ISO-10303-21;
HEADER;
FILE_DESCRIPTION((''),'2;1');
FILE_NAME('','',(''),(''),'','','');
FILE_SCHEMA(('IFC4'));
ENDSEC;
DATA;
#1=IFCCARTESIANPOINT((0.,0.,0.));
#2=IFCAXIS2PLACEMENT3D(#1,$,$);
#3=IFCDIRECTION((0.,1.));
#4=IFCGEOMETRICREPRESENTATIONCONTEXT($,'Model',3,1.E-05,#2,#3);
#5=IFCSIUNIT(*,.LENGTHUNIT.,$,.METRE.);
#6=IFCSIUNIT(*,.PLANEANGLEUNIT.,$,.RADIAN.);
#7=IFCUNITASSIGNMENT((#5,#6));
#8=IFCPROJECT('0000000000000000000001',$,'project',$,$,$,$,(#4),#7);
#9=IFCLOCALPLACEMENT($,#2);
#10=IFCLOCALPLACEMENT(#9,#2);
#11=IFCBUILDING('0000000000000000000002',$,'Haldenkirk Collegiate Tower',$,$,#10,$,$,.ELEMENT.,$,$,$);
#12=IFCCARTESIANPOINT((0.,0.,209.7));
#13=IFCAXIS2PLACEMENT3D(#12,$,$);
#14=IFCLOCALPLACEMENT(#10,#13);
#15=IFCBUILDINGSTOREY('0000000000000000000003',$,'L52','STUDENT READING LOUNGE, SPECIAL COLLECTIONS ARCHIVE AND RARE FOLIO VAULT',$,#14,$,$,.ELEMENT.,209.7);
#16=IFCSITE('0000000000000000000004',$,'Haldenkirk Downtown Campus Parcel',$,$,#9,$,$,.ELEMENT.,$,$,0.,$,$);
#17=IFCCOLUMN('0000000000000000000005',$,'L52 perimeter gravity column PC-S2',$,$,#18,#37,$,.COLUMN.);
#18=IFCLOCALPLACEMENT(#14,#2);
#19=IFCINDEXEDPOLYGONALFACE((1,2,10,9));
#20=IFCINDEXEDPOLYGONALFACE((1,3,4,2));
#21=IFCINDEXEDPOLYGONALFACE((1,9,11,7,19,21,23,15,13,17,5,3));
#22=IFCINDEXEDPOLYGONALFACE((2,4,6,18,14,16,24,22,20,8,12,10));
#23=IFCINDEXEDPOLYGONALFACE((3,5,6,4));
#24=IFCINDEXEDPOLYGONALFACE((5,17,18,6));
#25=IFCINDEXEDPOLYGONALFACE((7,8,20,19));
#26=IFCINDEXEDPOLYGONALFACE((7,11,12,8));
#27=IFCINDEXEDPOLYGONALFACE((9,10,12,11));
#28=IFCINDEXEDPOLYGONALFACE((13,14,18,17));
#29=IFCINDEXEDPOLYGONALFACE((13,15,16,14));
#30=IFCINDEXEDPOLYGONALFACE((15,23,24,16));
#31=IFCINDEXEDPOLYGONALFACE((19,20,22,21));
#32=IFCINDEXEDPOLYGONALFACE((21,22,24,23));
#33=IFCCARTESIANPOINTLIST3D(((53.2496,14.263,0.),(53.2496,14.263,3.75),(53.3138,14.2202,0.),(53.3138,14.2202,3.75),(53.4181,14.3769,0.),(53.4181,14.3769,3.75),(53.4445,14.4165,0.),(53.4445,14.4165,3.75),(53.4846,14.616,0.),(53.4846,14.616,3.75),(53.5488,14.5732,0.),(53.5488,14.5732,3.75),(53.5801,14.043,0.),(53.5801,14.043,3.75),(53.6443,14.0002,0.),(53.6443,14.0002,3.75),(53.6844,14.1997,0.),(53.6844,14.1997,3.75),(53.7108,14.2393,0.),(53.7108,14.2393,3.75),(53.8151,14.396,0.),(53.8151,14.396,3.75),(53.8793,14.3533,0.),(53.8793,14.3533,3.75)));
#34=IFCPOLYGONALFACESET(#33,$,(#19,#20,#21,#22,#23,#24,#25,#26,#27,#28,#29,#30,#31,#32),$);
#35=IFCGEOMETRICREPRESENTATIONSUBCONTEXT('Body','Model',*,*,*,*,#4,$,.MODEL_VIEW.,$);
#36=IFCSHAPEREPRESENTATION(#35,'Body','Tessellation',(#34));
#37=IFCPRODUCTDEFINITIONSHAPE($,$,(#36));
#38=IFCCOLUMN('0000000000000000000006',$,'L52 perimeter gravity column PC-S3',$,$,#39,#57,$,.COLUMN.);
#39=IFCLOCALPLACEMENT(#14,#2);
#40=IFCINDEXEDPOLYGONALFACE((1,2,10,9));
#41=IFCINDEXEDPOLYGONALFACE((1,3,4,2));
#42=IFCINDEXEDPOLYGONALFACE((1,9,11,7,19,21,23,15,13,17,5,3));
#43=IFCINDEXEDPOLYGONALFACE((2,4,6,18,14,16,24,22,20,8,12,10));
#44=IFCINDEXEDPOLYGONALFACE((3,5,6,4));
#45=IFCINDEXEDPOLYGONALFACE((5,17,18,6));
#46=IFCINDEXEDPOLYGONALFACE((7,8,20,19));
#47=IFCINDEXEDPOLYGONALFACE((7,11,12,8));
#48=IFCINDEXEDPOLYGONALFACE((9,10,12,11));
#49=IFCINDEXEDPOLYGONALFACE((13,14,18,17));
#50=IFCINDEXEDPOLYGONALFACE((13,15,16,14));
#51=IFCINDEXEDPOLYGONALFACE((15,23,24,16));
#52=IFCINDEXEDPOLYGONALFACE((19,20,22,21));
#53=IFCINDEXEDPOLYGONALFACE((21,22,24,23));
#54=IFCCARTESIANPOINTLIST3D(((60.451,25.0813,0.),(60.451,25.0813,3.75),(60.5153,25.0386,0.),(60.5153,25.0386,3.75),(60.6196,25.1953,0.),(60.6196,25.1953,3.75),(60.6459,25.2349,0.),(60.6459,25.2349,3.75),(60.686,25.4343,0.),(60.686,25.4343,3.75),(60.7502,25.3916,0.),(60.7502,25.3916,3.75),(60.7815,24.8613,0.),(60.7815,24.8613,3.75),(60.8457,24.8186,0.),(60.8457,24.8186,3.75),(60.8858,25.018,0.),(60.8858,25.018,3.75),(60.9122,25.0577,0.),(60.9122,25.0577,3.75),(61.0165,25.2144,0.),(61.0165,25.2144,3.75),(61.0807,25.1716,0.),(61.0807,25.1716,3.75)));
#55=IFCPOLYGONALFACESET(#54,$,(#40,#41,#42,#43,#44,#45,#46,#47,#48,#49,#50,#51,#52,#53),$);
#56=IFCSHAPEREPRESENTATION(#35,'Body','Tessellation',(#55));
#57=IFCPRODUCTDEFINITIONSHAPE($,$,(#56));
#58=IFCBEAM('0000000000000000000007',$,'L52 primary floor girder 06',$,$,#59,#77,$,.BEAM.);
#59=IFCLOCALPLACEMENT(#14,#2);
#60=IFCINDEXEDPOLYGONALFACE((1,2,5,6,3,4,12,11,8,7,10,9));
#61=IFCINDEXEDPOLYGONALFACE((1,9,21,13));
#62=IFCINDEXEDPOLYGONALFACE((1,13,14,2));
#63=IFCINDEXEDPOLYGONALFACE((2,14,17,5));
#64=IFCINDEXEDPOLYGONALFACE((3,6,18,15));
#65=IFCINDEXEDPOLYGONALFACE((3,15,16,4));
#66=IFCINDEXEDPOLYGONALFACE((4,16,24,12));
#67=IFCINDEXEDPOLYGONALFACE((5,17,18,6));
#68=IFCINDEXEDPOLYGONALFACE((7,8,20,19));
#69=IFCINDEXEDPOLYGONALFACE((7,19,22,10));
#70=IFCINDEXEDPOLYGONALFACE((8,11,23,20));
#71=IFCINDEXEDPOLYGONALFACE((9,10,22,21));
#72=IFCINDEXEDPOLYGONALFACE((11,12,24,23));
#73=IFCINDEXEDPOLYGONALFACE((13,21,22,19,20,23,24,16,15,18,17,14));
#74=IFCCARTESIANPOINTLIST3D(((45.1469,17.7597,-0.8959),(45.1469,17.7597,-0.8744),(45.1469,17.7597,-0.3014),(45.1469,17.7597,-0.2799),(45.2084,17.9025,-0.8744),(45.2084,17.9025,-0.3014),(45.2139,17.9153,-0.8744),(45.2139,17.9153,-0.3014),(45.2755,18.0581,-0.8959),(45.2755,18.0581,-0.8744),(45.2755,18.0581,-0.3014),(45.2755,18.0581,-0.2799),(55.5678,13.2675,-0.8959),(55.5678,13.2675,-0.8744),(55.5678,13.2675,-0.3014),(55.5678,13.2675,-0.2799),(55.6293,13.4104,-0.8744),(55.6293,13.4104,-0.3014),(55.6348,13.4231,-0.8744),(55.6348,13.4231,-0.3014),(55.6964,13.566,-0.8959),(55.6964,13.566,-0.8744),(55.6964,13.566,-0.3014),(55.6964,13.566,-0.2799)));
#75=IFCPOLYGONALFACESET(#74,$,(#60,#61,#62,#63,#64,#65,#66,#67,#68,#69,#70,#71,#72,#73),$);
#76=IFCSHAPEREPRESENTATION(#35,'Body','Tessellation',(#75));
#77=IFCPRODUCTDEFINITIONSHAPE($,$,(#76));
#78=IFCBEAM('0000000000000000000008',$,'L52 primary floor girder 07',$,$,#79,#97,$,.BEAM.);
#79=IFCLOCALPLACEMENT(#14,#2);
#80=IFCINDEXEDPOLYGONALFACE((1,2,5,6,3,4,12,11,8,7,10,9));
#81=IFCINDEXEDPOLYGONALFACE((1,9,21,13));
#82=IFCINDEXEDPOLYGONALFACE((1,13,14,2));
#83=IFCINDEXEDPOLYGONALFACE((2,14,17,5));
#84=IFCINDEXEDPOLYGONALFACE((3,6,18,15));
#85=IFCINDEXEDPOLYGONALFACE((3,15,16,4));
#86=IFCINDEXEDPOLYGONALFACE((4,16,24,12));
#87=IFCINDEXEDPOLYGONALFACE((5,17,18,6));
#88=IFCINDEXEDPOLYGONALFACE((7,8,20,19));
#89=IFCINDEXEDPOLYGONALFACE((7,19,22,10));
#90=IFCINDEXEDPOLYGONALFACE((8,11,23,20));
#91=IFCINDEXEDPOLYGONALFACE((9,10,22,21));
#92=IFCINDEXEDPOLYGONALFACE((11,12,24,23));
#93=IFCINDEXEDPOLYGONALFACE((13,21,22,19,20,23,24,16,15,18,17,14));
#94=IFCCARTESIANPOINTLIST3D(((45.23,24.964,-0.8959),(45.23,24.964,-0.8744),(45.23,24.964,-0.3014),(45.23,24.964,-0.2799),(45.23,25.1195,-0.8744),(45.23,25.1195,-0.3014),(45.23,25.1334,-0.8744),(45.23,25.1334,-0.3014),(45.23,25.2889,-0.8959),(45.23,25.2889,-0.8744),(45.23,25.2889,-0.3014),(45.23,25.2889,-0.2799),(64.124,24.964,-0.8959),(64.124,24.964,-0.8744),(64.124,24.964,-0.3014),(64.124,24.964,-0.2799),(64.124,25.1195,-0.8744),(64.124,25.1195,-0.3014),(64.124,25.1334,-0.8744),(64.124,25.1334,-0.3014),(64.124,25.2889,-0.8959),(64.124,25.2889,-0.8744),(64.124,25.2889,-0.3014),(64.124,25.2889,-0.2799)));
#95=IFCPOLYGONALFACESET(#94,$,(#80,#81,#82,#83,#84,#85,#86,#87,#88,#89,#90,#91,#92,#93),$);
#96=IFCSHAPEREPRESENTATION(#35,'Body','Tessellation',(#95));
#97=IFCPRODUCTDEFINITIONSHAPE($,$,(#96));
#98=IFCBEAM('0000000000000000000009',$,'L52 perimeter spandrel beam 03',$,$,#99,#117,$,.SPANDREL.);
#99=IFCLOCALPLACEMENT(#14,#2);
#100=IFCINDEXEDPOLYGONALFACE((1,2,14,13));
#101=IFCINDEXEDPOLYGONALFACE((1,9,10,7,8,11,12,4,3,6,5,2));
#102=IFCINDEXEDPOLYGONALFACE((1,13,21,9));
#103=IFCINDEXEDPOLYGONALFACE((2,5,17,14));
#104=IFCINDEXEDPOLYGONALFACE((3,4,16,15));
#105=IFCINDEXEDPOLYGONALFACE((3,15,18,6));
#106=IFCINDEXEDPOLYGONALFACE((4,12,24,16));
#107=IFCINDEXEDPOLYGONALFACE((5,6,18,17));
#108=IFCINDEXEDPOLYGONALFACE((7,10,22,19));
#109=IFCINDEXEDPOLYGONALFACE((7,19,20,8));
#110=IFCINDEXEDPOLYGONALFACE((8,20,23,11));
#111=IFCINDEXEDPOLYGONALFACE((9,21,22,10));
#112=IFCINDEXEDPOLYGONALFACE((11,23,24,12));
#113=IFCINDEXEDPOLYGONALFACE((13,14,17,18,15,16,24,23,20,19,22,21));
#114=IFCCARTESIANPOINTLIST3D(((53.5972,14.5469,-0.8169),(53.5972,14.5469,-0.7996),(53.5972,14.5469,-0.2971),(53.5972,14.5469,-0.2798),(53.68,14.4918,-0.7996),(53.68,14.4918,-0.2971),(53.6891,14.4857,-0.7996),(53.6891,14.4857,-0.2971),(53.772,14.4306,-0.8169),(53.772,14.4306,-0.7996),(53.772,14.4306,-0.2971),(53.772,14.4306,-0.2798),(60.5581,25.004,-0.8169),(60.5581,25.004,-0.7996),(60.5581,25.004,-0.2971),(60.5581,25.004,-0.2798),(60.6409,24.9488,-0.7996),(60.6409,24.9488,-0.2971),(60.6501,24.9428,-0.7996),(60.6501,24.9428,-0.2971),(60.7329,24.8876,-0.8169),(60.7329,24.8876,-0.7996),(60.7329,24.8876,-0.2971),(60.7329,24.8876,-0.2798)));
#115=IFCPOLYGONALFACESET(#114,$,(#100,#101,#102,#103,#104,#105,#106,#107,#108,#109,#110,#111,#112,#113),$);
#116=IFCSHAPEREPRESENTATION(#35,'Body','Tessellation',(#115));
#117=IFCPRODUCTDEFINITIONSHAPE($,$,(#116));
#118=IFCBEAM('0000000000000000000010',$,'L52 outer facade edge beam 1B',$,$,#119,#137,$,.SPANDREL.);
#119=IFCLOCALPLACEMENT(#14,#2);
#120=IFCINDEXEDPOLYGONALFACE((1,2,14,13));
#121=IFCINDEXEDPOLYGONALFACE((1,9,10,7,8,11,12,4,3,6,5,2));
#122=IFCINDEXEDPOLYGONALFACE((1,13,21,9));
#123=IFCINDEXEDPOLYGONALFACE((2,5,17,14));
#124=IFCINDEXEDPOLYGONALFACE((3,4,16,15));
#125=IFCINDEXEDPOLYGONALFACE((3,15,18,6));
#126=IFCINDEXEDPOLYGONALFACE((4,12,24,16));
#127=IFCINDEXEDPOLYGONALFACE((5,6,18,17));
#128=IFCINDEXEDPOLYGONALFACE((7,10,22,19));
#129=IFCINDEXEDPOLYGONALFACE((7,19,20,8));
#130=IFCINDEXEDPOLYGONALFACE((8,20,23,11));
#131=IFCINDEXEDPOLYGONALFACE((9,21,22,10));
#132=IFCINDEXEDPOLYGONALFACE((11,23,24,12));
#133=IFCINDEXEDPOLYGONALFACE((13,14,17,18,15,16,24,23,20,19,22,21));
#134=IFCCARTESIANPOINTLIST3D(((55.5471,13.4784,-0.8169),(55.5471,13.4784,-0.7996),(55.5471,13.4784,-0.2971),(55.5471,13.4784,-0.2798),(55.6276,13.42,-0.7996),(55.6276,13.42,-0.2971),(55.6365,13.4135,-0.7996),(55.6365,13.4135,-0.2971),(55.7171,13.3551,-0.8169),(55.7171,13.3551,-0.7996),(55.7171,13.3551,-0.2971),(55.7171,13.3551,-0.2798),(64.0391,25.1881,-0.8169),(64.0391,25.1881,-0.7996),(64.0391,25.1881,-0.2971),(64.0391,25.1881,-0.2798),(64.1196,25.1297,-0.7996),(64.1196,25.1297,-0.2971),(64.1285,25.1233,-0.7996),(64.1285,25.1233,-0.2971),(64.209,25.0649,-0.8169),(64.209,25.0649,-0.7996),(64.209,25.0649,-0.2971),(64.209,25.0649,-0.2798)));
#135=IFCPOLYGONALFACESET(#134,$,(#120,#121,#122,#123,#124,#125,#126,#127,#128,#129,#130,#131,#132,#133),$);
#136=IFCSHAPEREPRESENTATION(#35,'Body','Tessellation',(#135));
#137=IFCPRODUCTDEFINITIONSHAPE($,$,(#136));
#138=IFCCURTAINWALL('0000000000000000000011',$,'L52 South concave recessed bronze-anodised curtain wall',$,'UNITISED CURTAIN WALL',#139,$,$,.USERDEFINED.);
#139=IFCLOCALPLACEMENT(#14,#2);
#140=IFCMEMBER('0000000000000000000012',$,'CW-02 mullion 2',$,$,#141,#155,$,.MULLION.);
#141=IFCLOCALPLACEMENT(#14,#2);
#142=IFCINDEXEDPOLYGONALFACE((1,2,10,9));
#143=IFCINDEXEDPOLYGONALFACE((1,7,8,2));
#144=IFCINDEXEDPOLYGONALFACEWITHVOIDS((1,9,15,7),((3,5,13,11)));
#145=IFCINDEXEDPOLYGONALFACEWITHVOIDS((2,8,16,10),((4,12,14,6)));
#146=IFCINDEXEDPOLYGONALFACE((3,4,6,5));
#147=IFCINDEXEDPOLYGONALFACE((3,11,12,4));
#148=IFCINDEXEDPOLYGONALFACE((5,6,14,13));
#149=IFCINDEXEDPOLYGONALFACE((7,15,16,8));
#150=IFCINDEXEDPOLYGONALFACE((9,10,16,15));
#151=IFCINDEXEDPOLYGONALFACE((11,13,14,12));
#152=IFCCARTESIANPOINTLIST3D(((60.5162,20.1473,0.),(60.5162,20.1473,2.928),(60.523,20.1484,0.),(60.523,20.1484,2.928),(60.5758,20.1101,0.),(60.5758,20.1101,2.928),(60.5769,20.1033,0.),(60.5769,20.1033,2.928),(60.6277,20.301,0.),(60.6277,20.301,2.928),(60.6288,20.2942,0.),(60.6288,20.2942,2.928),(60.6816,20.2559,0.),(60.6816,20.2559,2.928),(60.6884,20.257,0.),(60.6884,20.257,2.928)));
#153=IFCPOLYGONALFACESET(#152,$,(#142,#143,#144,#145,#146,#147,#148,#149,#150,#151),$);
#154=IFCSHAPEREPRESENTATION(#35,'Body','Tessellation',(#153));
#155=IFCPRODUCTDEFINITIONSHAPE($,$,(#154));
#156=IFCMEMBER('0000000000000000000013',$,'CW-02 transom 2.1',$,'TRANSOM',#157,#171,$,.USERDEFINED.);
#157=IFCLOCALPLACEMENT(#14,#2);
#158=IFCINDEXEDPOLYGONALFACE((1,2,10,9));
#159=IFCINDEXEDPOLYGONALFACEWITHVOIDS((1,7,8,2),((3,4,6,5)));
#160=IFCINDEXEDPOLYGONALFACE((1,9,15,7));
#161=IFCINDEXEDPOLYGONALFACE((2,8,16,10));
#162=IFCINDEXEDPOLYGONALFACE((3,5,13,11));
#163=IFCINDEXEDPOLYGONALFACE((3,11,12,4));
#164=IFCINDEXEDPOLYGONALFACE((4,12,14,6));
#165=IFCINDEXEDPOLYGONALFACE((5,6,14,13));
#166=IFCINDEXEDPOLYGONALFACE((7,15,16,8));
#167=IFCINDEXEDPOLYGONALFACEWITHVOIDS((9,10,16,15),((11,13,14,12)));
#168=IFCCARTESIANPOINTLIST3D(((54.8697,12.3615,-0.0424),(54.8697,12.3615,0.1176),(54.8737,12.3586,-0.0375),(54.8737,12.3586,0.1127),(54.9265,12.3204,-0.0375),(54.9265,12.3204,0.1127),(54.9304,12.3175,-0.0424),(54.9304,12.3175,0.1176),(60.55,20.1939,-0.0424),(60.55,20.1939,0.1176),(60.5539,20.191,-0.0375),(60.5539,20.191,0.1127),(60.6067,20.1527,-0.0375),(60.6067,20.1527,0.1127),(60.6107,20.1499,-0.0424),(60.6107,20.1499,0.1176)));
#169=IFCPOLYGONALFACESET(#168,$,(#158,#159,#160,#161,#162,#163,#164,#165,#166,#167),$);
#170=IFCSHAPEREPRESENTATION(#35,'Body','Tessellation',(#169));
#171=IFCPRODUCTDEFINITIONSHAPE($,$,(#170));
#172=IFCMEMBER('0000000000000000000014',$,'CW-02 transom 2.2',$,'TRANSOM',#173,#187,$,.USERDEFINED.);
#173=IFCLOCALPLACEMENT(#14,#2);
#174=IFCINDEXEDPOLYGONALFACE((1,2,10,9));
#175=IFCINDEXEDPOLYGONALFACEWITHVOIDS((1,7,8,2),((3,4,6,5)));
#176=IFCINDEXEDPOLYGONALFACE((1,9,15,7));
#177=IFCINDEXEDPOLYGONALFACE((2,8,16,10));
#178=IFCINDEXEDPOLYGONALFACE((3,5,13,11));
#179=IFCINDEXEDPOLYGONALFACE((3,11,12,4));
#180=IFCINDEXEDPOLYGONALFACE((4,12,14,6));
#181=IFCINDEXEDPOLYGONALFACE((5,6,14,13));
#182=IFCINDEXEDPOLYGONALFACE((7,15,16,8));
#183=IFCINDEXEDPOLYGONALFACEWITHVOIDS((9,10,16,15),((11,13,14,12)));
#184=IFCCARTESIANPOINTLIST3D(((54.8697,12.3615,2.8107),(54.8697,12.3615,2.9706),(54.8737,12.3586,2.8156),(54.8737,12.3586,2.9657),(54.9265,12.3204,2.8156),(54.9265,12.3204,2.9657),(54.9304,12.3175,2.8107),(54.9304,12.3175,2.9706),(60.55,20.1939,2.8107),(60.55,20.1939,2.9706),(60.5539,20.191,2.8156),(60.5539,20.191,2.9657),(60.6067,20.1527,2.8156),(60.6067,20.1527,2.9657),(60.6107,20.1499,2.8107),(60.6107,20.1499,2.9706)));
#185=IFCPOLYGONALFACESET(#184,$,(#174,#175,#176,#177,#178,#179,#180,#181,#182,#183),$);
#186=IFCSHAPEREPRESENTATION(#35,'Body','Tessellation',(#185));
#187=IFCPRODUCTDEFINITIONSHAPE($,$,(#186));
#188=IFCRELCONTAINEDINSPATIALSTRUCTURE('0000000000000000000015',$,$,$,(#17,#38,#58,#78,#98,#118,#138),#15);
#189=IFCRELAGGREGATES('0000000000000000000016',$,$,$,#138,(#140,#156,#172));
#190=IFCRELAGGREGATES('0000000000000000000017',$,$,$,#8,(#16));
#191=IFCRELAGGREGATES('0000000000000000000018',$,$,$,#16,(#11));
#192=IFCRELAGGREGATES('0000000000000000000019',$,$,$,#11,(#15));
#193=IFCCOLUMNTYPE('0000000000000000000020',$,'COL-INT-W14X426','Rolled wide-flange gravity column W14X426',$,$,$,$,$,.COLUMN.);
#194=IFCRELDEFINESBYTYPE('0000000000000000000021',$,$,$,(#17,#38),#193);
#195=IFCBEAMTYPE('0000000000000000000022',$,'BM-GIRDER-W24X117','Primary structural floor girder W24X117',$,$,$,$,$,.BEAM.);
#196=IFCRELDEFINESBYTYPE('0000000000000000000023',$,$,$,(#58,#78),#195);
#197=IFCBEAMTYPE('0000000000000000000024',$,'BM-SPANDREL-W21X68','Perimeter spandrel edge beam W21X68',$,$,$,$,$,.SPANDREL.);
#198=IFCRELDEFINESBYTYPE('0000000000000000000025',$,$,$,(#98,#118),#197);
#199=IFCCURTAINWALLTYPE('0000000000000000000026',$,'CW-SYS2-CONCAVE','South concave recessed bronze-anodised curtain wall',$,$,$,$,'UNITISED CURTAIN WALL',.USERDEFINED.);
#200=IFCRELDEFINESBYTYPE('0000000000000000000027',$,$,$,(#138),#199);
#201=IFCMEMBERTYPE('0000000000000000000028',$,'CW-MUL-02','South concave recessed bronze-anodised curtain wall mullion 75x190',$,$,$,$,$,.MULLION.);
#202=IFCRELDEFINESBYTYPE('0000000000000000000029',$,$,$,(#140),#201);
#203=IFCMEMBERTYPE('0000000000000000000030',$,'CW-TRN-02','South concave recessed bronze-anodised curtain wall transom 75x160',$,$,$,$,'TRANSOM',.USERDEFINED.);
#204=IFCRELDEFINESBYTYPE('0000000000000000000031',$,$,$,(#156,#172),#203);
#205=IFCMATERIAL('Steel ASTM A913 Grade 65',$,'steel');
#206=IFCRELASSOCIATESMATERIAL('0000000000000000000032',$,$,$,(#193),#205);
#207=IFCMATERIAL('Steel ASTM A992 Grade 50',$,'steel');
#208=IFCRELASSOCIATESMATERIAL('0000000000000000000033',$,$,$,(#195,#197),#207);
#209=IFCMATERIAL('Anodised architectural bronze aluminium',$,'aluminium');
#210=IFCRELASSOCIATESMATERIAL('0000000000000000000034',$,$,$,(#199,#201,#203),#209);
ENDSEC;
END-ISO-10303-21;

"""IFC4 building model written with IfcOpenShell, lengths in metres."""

from ifc_helpers import new_model, si_unit, direction, frame, origin, origin_2d, place, context, subcontext, project, spatial, hollow_rectangle, i_section, extrude, material, material_profile, profile_set, type_object, element, aggregate, save


model = new_model("IFC4")

# Units and contexts
model_context = context("Model", 3, precision=1e-05, world=origin(), true_north=direction((0.0, 1.0)))
body_context = subcontext(model_context, "Body", "Model", "MODEL_VIEW")
ifc_project = project(units=[si_unit("LENGTHUNIT", "METRE"), si_unit("PLANEANGLEUNIT", "RADIAN")], contexts=[model_context])

# Site, building, storey
site_placement = place(None, origin())
site = spatial("IfcSite", under=ifc_project, at=site_placement, Name="Haldenkirk Downtown Campus Parcel", CompositionType="ELEMENT", RefElevation=0.0)
building_placement = place(site_placement, origin())
building = spatial("IfcBuilding", under=site, at=building_placement, Name="Haldenkirk Collegiate Tower", CompositionType="ELEMENT")
storey_placement = place(building_placement, frame((0.0, 0.0, 209.7)))
storey = spatial("IfcBuildingStorey", under=building, at=storey_placement, Name="L52", Description="STUDENT READING LOUNGE, SPECIAL COLLECTIONS ARCHIVE AND RARE FOLIO VAULT", CompositionType="ELEMENT", Elevation=209.7)

# Columns
ifc_material_1 = material(Name="Steel ASTM A913 Grade 65", Category="steel")
ifc_material_profile_1 = material_profile(ifc_material_1, i_section(OverallWidth=0.4241, OverallDepth=0.4741, WebThickness=0.0476, FlangeThickness=0.0771, at=origin_2d()), Name="W14X426")
ifc_profile_set_1 = profile_set([ifc_material_profile_1], Name="Steel ASTM A913 Grade 65")
column_type = type_object("IfcColumnType", Name="COL-INT-W14X426", Description="Rolled wide-flange gravity column W14X426", PredefinedType="COLUMN", material=ifc_profile_set_1)
for number, where, z_axis, x_axis, name in (
    (1, (53.5645, 14.3081, 0.0), (0.0, 0.0, 1.0), (0.554118, 0.832438, 0.0), "L52 perimeter gravity column PC-S2"),
    (2, (60.7659, 25.1265, 0.0), (0.0, 0.0, 1.0), (0.554118, 0.832438, 0.0), "L52 perimeter gravity column PC-S3"),
):
    element("IfcColumn", number, at=place(storey_placement, frame(where, z_axis=z_axis, x_axis=x_axis)), inside=storey, type_object=column_type, Name=name, PredefinedType="COLUMN", context=body_context, shape_type="SweptSolid", body=[
        extrude(i_section(OverallWidth=0.4241, OverallDepth=0.4741, WebThickness=0.0476, FlangeThickness=0.0771, at=origin_2d()), origin(), (0.0, 0.0, 1.0), 3.75),
    ])

# Beams
ifc_material_2 = material(Name="Steel ASTM A992 Grade 50", Category="steel")
ifc_material_profile_2 = material_profile(ifc_material_2, i_section(OverallWidth=0.325, OverallDepth=0.616, WebThickness=0.0139, FlangeThickness=0.0215, at=origin_2d()), Name="W24X117")
ifc_profile_set_2 = profile_set([ifc_material_profile_2], Name="Steel ASTM A992 Grade 50")
beam_type_1 = type_object("IfcBeamType", Name="BM-GIRDER-W24X117", Description="Primary structural floor girder W24X117", PredefinedType="BEAM", material=ifc_profile_set_2)
beam_1_placement = place(storey_placement, frame((55.6321, 13.4167, -0.5879), z_axis=(-0.918311, 0.395861, 0.0), x_axis=(-0.395861, -0.918311, 0.0)))
element("IfcBeam", 3, at=beam_1_placement, inside=storey, type_object=beam_type_1, Name="L52 primary floor girder 06", PredefinedType="BEAM", context=body_context, shape_type="SweptSolid", body=[
    extrude(i_section(OverallWidth=0.325, OverallDepth=0.616, WebThickness=0.0139, FlangeThickness=0.0215, at=origin_2d()), origin(), (0.0, 0.0, 1.0), 11.3479),
])
beam_2_placement = place(storey_placement, frame((64.124, 25.1265, -0.5879), z_axis=(-1.0, 0.0, 0.0), x_axis=(0.0, -1.0, 0.0)))
element("IfcBeam", 4, at=beam_2_placement, inside=storey, type_object=beam_type_1, Name="L52 primary floor girder 07", PredefinedType="BEAM", context=body_context, shape_type="SweptSolid", body=[
    extrude(i_section(OverallWidth=0.325, OverallDepth=0.616, WebThickness=0.0139, FlangeThickness=0.0215, at=origin_2d()), origin(), (0.0, 0.0, 1.0), 18.894),
])
ifc_material_profile_3 = material_profile(ifc_material_2, i_section(OverallWidth=0.21, OverallDepth=0.5371, WebThickness=0.011, FlangeThickness=0.0173, at=origin_2d()), Name="W21X68")
ifc_profile_set_3 = profile_set([ifc_material_profile_3], Name="Steel ASTM A992 Grade 50")
beam_type_2 = type_object("IfcBeamType", Name="BM-SPANDREL-W21X68", Description="Perimeter spandrel edge beam W21X68", PredefinedType="SPANDREL", material=ifc_profile_set_3)
beam_3_placement = place(storey_placement, frame((53.6846, 14.4888, -0.5483), z_axis=(0.554126, 0.832433, 0.0), x_axis=(-0.832433, 0.554126, 0.0)))
element("IfcBeam", 5, at=beam_3_placement, inside=storey, type_object=beam_type_2, Name="L52 perimeter spandrel beam 03", PredefinedType="SPANDREL", context=body_context, shape_type="SweptSolid", body=[
    extrude(i_section(OverallWidth=0.21, OverallDepth=0.5371, WebThickness=0.011, FlangeThickness=0.0173, at=origin_2d()), origin(), (0.0, 0.0, 1.0), 12.562),
])
beam_4_placement = place(storey_placement, frame((55.6321, 13.4167, -0.5483), z_axis=(0.587076, 0.809532, 0.0), x_axis=(-0.809532, 0.587076, 0.0)))
element("IfcBeam", 6, at=beam_4_placement, inside=storey, type_object=beam_type_2, Name="L52 outer facade edge beam 1B", PredefinedType="SPANDREL", context=body_context, shape_type="SweptSolid", body=[
    extrude(i_section(OverallWidth=0.21, OverallDepth=0.5371, WebThickness=0.011, FlangeThickness=0.0173, at=origin_2d()), origin(), (0.0, 0.0, 1.0), 14.4648),
])

# Curtain wall, members
ifc_material_3 = material(Name="Anodised architectural bronze aluminium", Category="aluminium")
curtain_wall_type = type_object("IfcCurtainWallType", Name="CW-SYS2-CONCAVE", Description="South concave recessed bronze-anodised curtain wall", ElementType="UNITISED CURTAIN WALL", PredefinedType="USERDEFINED", material=ifc_material_3)
curtain_wall_placement = place(storey_placement, origin())
curtain_wall = element("IfcCurtainWall", 7, at=curtain_wall_placement, inside=storey, type_object=curtain_wall_type, Name="L52 South concave recessed bronze-anodised curtain wall", ObjectType="UNITISED CURTAIN WALL", PredefinedType="USERDEFINED")
ifc_material_profile_4 = material_profile(ifc_material_3, hollow_rectangle(XDim=0.075, YDim=0.1899, WallThickness=0.0049, at=origin_2d()), Name="CW-MUL-02")
ifc_profile_set_4 = profile_set([ifc_material_profile_4], Name="Anodised architectural bronze aluminium")
member_type_1 = type_object("IfcMemberType", Name="CW-MUL-02", Description="South concave recessed bronze-anodised curtain wall mullion 75x190", PredefinedType="MULLION", material=ifc_profile_set_4)
member_1_placement = place(storey_placement, frame((60.6023, 20.2021, 0.0), z_axis=(0.0, 0.0, 1.0), x_axis=(0.809529, -0.58708, 0.0)))
member_1 = element("IfcMember", 8, at=member_1_placement, type_object=member_type_1, Name="CW-02 mullion 2", PredefinedType="MULLION", context=body_context, shape_type="SweptSolid", body=[
    extrude(hollow_rectangle(XDim=0.075, YDim=0.1899, WallThickness=0.0049, at=origin_2d()), origin(), (0.0, 0.0, 1.0), 2.928),
])
ifc_material_profile_5 = material_profile(ifc_material_3, hollow_rectangle(XDim=0.075, YDim=0.1599, WallThickness=0.0049, at=origin_2d()), Name="CW-TRN-02")
ifc_profile_set_5 = profile_set([ifc_material_profile_5], Name="Anodised architectural bronze aluminium")
member_type_2 = type_object("IfcMemberType", Name="CW-TRN-02", Description="South concave recessed bronze-anodised curtain wall transom 75x160", ElementType="TRANSOM", PredefinedType="USERDEFINED", material=ifc_profile_set_5)
member_2_placement = place(storey_placement, frame((60.5803, 20.1719, 0.0376), z_axis=(-0.587088, -0.809523, 0.0), x_axis=(0.809523, -0.587088, 0.0)))
member_2 = element("IfcMember", 9, at=member_2_placement, type_object=member_type_2, Name="CW-02 transom 2.1", ObjectType="TRANSOM", PredefinedType="USERDEFINED", context=body_context, shape_type="SweptSolid", body=[
    extrude(hollow_rectangle(XDim=0.075, YDim=0.1599, WallThickness=0.0049, at=origin_2d()), origin(), (0.0, 0.0, 1.0), 9.6753),
])
member_3_placement = place(storey_placement, frame((60.5803, 20.1719, 2.8906), z_axis=(-0.587088, -0.809523, 0.0), x_axis=(0.809523, -0.587088, 0.0)))
member_3 = element("IfcMember", 10, at=member_3_placement, type_object=member_type_2, Name="CW-02 transom 2.2", ObjectType="TRANSOM", PredefinedType="USERDEFINED", context=body_context, shape_type="SweptSolid", body=[
    extrude(hollow_rectangle(XDim=0.075, YDim=0.1599, WallThickness=0.0049, at=origin_2d()), origin(), (0.0, 0.0, 1.0), 9.6753),
])
aggregate(curtain_wall, [member_1, member_2, member_3])

save(model, "model.ifc")
